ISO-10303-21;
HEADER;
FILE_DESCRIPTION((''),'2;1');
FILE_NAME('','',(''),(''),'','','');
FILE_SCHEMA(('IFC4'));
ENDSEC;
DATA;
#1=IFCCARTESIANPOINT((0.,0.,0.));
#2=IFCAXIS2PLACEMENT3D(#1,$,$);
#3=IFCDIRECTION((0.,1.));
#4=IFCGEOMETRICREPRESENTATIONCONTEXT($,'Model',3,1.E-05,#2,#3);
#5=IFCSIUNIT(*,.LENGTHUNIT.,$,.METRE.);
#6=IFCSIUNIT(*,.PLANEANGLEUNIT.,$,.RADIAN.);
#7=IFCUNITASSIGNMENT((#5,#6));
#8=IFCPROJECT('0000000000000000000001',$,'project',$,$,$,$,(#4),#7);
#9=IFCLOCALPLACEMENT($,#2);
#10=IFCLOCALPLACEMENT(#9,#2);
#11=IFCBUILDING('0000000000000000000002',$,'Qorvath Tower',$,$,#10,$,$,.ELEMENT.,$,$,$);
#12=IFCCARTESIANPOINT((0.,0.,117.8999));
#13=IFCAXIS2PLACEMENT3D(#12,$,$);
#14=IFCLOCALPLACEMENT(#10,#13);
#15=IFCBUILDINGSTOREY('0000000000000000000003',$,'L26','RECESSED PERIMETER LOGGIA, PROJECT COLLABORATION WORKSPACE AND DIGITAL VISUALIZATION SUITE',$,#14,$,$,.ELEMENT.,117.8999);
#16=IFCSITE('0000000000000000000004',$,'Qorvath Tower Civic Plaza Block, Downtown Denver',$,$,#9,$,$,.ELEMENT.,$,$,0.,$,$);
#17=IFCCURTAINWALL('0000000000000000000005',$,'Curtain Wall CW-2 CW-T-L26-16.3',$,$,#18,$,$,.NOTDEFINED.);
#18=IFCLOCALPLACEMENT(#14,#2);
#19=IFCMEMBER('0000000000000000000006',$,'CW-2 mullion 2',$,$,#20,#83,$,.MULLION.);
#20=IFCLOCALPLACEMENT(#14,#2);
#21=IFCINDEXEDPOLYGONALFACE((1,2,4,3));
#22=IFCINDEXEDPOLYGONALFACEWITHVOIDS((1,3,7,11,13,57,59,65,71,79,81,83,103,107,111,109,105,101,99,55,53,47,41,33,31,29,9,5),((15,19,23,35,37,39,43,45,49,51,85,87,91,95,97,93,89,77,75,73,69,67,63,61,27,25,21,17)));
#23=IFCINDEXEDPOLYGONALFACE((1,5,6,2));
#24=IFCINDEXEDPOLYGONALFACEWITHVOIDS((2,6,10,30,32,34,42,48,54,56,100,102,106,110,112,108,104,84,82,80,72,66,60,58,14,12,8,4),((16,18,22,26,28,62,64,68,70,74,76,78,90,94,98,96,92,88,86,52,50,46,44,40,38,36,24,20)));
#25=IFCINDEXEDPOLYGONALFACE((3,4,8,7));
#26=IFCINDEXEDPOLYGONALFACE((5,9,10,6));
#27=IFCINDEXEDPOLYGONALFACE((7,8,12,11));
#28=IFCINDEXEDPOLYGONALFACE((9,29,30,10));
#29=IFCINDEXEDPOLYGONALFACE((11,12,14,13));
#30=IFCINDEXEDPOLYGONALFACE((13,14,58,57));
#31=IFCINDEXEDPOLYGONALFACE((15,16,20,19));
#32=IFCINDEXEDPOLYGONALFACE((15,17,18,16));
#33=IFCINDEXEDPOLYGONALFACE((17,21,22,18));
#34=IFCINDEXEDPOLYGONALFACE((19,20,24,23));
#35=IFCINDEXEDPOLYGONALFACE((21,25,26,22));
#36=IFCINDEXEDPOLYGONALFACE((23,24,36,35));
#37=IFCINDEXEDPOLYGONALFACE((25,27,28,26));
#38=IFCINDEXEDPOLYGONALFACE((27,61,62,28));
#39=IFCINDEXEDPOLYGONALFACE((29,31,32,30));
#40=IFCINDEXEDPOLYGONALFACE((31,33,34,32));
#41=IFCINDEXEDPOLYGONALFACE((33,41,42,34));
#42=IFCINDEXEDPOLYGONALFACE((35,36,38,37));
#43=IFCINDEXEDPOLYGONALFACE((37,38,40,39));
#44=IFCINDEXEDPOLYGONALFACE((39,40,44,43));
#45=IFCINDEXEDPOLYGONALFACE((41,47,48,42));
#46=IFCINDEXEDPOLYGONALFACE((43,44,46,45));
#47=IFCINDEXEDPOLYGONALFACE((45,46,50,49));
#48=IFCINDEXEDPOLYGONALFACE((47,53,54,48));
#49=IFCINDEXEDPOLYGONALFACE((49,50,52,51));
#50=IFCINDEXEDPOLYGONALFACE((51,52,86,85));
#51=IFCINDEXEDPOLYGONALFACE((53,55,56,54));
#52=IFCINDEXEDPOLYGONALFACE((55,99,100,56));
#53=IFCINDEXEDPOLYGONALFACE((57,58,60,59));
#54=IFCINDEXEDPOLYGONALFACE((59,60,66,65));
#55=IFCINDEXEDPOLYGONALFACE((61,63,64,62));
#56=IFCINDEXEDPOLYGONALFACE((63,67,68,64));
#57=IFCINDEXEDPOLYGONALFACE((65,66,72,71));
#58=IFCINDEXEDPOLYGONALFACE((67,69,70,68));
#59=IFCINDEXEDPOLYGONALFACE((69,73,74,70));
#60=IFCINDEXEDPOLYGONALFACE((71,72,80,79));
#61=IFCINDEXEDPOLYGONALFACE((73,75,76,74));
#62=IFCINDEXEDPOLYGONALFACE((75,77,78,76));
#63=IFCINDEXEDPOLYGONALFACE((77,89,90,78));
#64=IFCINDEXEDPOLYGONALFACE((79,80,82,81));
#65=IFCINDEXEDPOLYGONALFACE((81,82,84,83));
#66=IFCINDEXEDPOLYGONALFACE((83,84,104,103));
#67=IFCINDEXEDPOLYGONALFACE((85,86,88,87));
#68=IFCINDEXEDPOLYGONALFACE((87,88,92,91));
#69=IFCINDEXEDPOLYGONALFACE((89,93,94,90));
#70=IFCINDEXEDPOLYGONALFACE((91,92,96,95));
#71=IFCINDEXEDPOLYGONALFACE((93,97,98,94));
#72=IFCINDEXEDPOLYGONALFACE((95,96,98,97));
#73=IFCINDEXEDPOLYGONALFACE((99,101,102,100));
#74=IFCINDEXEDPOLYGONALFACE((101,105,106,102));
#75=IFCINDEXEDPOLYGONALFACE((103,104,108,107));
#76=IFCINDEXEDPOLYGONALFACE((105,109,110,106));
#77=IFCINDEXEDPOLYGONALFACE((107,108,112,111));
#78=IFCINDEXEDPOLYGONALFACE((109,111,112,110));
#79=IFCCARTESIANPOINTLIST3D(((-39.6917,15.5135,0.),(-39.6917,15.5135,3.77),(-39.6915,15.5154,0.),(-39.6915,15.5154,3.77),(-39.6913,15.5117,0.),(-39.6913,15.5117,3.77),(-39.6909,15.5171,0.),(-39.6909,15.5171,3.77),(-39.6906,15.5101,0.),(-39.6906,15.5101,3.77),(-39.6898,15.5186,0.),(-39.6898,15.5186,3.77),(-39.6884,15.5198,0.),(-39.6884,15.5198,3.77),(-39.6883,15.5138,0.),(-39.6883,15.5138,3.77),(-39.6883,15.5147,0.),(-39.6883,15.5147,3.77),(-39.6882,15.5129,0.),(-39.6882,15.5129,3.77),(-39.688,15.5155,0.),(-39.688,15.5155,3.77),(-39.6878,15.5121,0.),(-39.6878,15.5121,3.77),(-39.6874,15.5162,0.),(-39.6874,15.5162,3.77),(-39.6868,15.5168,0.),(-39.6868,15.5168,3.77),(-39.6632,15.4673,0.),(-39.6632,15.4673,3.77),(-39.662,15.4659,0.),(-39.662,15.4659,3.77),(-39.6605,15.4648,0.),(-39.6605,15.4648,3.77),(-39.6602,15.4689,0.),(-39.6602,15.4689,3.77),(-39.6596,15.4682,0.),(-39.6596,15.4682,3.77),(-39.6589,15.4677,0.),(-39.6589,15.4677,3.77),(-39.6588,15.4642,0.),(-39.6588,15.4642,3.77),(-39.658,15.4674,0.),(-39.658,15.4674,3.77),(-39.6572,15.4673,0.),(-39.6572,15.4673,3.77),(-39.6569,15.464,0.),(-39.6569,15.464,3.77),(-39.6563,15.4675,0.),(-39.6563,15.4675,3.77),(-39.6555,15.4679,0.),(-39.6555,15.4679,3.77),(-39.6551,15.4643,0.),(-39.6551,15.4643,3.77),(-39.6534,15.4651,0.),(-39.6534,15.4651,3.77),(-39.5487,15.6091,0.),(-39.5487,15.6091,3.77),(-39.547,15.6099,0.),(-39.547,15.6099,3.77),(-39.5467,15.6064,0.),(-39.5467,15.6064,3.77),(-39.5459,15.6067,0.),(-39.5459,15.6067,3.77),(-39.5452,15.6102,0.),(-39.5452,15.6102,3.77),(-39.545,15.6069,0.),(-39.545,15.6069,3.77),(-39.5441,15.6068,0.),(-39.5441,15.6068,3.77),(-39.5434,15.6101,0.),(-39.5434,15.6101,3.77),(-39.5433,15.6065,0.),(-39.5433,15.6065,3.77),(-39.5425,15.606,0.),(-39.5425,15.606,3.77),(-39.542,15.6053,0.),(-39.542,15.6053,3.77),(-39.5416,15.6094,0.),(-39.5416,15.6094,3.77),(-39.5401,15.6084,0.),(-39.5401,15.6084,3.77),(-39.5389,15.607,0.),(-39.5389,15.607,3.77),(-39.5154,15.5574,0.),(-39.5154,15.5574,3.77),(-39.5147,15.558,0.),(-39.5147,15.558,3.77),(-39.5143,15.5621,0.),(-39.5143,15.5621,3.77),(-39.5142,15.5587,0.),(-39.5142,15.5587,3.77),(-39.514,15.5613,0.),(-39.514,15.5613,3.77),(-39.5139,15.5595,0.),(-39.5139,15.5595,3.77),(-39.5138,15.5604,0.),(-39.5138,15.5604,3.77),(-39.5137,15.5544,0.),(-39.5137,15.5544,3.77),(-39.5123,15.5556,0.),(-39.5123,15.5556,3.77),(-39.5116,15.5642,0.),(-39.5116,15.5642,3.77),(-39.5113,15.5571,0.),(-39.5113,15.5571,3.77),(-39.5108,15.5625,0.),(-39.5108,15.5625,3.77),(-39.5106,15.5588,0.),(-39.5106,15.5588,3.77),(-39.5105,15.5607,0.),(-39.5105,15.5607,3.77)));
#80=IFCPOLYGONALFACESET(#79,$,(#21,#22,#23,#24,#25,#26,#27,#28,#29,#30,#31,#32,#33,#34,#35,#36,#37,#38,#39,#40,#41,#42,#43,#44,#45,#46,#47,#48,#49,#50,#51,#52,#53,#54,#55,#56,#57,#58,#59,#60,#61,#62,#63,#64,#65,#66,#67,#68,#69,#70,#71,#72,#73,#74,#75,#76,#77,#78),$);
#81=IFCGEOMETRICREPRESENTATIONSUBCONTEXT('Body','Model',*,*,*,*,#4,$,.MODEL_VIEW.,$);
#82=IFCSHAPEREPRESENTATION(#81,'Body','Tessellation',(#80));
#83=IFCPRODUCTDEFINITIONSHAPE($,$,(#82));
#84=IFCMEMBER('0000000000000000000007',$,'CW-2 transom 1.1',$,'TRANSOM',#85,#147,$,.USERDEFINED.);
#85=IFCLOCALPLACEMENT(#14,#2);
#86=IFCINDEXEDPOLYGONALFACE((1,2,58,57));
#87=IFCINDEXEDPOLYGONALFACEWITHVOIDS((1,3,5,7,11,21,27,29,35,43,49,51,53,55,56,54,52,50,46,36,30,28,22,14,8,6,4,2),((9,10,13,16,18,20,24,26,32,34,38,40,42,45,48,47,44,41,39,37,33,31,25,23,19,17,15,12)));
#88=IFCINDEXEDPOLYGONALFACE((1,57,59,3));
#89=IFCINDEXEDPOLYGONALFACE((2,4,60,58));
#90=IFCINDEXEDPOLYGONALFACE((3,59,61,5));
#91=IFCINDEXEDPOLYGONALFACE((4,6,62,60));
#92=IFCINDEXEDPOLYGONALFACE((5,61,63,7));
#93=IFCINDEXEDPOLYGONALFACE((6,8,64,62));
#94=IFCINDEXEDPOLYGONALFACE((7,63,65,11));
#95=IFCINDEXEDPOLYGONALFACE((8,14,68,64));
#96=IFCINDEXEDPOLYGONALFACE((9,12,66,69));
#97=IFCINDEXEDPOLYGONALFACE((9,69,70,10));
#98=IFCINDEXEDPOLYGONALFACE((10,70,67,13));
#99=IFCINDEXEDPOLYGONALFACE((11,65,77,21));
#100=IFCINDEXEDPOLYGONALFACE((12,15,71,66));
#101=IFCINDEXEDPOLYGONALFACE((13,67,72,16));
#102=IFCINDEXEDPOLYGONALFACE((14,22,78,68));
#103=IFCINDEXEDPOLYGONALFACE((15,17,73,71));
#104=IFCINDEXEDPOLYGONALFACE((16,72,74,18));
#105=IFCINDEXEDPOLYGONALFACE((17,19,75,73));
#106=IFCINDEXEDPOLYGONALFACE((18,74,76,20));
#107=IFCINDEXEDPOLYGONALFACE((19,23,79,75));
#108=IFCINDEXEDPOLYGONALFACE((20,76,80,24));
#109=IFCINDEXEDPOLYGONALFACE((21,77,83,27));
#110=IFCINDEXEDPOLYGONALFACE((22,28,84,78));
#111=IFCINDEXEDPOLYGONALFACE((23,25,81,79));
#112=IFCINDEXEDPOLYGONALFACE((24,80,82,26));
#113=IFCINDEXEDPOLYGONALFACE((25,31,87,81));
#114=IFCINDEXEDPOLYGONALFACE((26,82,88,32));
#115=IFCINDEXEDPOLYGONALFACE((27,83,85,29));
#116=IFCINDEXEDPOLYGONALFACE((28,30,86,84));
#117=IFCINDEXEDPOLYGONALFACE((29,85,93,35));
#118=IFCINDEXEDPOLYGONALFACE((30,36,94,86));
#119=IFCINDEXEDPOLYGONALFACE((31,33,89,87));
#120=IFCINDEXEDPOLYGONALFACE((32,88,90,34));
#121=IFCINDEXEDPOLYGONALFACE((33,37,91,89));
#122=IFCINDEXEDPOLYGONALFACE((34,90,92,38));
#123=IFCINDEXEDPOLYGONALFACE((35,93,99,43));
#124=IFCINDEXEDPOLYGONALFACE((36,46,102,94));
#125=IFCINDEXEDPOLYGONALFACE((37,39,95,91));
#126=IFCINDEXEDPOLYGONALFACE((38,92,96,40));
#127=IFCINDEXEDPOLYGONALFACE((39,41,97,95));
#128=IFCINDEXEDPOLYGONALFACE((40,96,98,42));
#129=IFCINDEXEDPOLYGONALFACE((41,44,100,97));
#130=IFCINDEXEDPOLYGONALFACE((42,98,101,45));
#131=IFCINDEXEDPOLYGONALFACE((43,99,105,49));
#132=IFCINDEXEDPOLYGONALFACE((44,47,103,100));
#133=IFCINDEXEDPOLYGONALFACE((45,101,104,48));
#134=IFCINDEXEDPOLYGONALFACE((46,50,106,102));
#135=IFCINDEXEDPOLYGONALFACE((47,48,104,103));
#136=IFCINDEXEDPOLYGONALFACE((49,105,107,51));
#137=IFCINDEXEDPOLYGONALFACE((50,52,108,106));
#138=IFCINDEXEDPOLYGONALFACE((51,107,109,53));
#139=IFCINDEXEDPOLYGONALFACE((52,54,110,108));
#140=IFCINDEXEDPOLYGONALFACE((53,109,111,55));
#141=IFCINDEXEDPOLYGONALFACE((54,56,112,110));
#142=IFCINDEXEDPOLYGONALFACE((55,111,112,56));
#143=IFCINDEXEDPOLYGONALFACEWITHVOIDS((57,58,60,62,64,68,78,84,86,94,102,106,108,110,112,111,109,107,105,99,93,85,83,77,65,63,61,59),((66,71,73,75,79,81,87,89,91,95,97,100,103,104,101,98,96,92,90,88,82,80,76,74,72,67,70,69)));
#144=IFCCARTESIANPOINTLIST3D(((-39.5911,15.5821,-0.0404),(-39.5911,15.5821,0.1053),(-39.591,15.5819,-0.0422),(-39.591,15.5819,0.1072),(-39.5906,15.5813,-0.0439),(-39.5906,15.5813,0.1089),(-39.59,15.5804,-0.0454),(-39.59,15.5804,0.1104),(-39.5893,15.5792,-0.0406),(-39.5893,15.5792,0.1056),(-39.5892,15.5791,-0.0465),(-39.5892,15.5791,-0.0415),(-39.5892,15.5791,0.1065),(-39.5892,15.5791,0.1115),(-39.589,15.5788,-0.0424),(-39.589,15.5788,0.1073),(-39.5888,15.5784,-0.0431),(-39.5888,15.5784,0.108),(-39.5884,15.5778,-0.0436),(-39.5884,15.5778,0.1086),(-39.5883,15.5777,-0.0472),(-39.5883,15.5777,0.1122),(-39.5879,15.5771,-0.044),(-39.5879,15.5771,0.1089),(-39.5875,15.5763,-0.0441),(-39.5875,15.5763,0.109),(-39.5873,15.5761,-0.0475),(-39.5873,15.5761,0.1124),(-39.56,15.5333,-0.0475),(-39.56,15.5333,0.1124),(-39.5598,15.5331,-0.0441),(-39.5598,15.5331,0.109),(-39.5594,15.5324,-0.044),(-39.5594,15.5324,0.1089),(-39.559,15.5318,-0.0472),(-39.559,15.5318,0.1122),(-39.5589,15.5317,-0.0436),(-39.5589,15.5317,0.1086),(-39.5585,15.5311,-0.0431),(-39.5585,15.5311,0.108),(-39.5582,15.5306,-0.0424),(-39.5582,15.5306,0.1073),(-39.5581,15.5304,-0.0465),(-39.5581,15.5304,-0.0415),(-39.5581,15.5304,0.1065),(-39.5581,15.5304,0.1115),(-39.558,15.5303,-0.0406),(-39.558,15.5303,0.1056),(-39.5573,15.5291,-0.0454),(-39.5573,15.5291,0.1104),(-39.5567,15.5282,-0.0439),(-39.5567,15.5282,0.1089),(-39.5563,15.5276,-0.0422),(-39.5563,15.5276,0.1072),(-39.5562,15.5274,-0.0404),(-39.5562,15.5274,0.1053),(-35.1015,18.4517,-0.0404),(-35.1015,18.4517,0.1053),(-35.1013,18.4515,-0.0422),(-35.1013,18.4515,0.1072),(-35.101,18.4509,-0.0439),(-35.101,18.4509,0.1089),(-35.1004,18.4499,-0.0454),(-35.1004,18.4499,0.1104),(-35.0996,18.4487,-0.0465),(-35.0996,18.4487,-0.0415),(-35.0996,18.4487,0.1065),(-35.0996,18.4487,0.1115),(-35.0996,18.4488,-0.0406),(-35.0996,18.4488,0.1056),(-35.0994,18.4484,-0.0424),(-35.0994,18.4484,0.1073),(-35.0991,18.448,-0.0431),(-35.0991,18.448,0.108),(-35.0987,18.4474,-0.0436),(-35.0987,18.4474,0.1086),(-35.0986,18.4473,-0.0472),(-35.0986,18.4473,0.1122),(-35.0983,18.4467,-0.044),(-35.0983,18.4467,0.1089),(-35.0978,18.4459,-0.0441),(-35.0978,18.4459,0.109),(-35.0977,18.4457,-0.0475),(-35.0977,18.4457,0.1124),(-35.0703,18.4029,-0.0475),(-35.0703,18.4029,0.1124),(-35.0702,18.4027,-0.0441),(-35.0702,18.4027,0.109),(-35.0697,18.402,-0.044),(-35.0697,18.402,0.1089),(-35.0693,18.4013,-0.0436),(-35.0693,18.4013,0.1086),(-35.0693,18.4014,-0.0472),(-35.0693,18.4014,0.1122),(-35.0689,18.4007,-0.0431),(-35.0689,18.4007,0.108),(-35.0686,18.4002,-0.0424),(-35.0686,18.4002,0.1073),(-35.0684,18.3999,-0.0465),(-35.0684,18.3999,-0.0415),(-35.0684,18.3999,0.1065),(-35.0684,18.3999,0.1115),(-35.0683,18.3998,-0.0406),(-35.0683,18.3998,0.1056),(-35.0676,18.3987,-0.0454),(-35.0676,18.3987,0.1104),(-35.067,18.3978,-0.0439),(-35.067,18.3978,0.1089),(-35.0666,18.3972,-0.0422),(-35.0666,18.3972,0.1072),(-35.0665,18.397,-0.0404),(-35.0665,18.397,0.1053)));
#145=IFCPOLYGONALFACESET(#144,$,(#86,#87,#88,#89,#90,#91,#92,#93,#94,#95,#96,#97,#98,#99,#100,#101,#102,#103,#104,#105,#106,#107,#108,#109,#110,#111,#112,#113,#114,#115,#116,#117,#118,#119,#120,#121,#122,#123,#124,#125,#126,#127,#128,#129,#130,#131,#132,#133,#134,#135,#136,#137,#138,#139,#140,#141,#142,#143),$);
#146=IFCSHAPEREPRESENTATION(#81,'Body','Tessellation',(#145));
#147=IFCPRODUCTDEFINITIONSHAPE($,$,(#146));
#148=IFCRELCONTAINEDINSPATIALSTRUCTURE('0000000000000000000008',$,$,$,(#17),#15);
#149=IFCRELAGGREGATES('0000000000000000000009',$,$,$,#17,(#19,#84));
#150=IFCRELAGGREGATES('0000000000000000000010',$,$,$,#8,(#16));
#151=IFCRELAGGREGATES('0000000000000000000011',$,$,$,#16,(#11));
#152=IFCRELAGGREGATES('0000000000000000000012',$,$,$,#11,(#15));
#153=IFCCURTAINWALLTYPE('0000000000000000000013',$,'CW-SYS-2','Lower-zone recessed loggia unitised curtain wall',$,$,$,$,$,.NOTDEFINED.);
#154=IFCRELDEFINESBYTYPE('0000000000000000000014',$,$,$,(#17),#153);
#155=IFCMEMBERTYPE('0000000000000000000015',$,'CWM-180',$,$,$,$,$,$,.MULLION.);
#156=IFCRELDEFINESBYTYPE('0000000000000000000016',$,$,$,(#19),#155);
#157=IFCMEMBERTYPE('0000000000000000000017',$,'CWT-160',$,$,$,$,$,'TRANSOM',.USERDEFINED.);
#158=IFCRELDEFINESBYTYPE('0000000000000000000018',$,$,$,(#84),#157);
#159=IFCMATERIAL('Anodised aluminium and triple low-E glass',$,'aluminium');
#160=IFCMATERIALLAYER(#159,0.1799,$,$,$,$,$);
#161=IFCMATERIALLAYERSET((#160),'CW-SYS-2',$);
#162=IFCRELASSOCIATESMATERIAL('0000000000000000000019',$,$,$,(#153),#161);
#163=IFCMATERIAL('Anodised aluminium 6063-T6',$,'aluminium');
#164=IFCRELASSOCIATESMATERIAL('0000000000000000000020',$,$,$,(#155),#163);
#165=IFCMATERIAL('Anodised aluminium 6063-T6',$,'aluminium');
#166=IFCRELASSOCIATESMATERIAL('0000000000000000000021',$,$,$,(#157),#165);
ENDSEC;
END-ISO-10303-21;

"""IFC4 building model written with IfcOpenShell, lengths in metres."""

from ifc_helpers import new_model, si_unit, direction, frame, origin, origin_2d, place, context, subcontext, project, spatial, hollow_rectangle, extrude, material, layer, layer_set, material_profile, profile_set, type_object, element, aggregate, save


model = new_model("IFC4")

# Units and contexts
model_context = context("Model", 3, precision=1e-05, world=origin(), true_north=direction((0.0, 1.0)))
body_context = subcontext(model_context, "Body", "Model", "MODEL_VIEW")
ifc_project = project(units=[si_unit("LENGTHUNIT", "METRE"), si_unit("PLANEANGLEUNIT", "RADIAN")], contexts=[model_context])

# Site, building, storey
site_placement = place(None, origin())
site = spatial("IfcSite", under=ifc_project, at=site_placement, Name="Qorvath Tower Civic Plaza Block, Downtown Denver", CompositionType="ELEMENT", RefElevation=0.0)
building_placement = place(site_placement, origin())
building = spatial("IfcBuilding", under=site, at=building_placement, Name="Qorvath Tower", CompositionType="ELEMENT")
storey_placement = place(building_placement, frame((0.0, 0.0, 117.8999)))
storey = spatial("IfcBuildingStorey", under=building, at=storey_placement, Name="L26", Description="RECESSED PERIMETER LOGGIA, PROJECT COLLABORATION WORKSPACE AND DIGITAL VISUALIZATION SUITE", CompositionType="ELEMENT", Elevation=117.8999)

# Shared definitions
ifc_material_1 = material(Name="Anodised aluminium and triple low-E glass", Category="aluminium")
ifc_layer_1 = layer(ifc_material_1, 0.1799)
ifc_layer_set_1 = layer_set([ifc_layer_1], Name="CW-SYS-2")
curtain_wall_type = type_object("IfcCurtainWallType", Name="CW-SYS-2", Description="Lower-zone recessed loggia unitised curtain wall", PredefinedType="NOTDEFINED", material=ifc_layer_set_1)
ifc_material_2 = material(Name="Anodised aluminium 6063-T6", Category="aluminium")
ifc_material_profile_1 = material_profile(ifc_material_2, hollow_rectangle(XDim=0.0649, YDim=0.1799, WallThickness=0.0034, InnerFilletRadius=0.0034, OuterFilletRadius=0.0071, at=origin_2d()), Name="CWM 180x65")
ifc_profile_set_1 = profile_set([ifc_material_profile_1], Name="Anodised aluminium 6063-T6")
member_type_1 = type_object("IfcMemberType", Name="CWM-180", PredefinedType="MULLION", material=ifc_profile_set_1)

# Curtain wall, members
curtain_wall_1_placement = place(storey_placement, origin())
curtain_wall_1 = element("IfcCurtainWall", 1, at=curtain_wall_1_placement, inside=storey, type_object=curtain_wall_type, Name="Curtain Wall CW-2 CW-T-L26-16.3", PredefinedType="NOTDEFINED")
member_1_placement = place(storey_placement, frame((-39.6011, 15.5371, 0.0), z_axis=(0.0, 0.0, 1.0), x_axis=(0.538534, -0.842604, 0.0)))
member_1 = element("IfcMember", 2, at=member_1_placement, type_object=member_type_1, Name="CW-2 mullion 2", PredefinedType="MULLION", context=body_context, shape_type="SweptSolid", body=[
    extrude(hollow_rectangle(XDim=0.0649, YDim=0.1799, WallThickness=0.0034, InnerFilletRadius=0.0034, OuterFilletRadius=0.0071, at=origin_2d()), origin(), (0.0, 0.0, 1.0), 3.77),
])
ifc_material_3 = material(Name="Anodised aluminium 6063-T6", Category="aluminium")
ifc_material_profile_2 = material_profile(ifc_material_3, hollow_rectangle(XDim=0.0649, YDim=0.1599, WallThickness=0.0034, InnerFilletRadius=0.0034, OuterFilletRadius=0.0071, at=origin_2d()), Name="CWT 160x65")
ifc_profile_set_2 = profile_set([ifc_material_profile_2], Name="Anodised aluminium 6063-T6")
member_type_2 = type_object("IfcMemberType", Name="CWT-160", ElementType="TRANSOM", PredefinedType="USERDEFINED", material=ifc_profile_set_2)
member_2_placement = place(storey_placement, frame((-35.084, 18.4243, 0.0325), z_axis=(-0.842596, -0.538547, 0.0), x_axis=(0.538547, -0.842596, 0.0)))
member_2 = element("IfcMember", 3, at=member_2_placement, type_object=member_type_2, Name="CW-2 transom 1.1", ObjectType="TRANSOM", PredefinedType="USERDEFINED", context=body_context, shape_type="SweptSolid", body=[
    extrude(hollow_rectangle(XDim=0.0649, YDim=0.1599, WallThickness=0.0034, InnerFilletRadius=0.0034, OuterFilletRadius=0.0071, at=origin_2d()), origin(), (0.0, 0.0, 1.0), 5.3284),
])

aggregate(curtain_wall_1, [member_1, member_2])

save(model, "model.ifc")
